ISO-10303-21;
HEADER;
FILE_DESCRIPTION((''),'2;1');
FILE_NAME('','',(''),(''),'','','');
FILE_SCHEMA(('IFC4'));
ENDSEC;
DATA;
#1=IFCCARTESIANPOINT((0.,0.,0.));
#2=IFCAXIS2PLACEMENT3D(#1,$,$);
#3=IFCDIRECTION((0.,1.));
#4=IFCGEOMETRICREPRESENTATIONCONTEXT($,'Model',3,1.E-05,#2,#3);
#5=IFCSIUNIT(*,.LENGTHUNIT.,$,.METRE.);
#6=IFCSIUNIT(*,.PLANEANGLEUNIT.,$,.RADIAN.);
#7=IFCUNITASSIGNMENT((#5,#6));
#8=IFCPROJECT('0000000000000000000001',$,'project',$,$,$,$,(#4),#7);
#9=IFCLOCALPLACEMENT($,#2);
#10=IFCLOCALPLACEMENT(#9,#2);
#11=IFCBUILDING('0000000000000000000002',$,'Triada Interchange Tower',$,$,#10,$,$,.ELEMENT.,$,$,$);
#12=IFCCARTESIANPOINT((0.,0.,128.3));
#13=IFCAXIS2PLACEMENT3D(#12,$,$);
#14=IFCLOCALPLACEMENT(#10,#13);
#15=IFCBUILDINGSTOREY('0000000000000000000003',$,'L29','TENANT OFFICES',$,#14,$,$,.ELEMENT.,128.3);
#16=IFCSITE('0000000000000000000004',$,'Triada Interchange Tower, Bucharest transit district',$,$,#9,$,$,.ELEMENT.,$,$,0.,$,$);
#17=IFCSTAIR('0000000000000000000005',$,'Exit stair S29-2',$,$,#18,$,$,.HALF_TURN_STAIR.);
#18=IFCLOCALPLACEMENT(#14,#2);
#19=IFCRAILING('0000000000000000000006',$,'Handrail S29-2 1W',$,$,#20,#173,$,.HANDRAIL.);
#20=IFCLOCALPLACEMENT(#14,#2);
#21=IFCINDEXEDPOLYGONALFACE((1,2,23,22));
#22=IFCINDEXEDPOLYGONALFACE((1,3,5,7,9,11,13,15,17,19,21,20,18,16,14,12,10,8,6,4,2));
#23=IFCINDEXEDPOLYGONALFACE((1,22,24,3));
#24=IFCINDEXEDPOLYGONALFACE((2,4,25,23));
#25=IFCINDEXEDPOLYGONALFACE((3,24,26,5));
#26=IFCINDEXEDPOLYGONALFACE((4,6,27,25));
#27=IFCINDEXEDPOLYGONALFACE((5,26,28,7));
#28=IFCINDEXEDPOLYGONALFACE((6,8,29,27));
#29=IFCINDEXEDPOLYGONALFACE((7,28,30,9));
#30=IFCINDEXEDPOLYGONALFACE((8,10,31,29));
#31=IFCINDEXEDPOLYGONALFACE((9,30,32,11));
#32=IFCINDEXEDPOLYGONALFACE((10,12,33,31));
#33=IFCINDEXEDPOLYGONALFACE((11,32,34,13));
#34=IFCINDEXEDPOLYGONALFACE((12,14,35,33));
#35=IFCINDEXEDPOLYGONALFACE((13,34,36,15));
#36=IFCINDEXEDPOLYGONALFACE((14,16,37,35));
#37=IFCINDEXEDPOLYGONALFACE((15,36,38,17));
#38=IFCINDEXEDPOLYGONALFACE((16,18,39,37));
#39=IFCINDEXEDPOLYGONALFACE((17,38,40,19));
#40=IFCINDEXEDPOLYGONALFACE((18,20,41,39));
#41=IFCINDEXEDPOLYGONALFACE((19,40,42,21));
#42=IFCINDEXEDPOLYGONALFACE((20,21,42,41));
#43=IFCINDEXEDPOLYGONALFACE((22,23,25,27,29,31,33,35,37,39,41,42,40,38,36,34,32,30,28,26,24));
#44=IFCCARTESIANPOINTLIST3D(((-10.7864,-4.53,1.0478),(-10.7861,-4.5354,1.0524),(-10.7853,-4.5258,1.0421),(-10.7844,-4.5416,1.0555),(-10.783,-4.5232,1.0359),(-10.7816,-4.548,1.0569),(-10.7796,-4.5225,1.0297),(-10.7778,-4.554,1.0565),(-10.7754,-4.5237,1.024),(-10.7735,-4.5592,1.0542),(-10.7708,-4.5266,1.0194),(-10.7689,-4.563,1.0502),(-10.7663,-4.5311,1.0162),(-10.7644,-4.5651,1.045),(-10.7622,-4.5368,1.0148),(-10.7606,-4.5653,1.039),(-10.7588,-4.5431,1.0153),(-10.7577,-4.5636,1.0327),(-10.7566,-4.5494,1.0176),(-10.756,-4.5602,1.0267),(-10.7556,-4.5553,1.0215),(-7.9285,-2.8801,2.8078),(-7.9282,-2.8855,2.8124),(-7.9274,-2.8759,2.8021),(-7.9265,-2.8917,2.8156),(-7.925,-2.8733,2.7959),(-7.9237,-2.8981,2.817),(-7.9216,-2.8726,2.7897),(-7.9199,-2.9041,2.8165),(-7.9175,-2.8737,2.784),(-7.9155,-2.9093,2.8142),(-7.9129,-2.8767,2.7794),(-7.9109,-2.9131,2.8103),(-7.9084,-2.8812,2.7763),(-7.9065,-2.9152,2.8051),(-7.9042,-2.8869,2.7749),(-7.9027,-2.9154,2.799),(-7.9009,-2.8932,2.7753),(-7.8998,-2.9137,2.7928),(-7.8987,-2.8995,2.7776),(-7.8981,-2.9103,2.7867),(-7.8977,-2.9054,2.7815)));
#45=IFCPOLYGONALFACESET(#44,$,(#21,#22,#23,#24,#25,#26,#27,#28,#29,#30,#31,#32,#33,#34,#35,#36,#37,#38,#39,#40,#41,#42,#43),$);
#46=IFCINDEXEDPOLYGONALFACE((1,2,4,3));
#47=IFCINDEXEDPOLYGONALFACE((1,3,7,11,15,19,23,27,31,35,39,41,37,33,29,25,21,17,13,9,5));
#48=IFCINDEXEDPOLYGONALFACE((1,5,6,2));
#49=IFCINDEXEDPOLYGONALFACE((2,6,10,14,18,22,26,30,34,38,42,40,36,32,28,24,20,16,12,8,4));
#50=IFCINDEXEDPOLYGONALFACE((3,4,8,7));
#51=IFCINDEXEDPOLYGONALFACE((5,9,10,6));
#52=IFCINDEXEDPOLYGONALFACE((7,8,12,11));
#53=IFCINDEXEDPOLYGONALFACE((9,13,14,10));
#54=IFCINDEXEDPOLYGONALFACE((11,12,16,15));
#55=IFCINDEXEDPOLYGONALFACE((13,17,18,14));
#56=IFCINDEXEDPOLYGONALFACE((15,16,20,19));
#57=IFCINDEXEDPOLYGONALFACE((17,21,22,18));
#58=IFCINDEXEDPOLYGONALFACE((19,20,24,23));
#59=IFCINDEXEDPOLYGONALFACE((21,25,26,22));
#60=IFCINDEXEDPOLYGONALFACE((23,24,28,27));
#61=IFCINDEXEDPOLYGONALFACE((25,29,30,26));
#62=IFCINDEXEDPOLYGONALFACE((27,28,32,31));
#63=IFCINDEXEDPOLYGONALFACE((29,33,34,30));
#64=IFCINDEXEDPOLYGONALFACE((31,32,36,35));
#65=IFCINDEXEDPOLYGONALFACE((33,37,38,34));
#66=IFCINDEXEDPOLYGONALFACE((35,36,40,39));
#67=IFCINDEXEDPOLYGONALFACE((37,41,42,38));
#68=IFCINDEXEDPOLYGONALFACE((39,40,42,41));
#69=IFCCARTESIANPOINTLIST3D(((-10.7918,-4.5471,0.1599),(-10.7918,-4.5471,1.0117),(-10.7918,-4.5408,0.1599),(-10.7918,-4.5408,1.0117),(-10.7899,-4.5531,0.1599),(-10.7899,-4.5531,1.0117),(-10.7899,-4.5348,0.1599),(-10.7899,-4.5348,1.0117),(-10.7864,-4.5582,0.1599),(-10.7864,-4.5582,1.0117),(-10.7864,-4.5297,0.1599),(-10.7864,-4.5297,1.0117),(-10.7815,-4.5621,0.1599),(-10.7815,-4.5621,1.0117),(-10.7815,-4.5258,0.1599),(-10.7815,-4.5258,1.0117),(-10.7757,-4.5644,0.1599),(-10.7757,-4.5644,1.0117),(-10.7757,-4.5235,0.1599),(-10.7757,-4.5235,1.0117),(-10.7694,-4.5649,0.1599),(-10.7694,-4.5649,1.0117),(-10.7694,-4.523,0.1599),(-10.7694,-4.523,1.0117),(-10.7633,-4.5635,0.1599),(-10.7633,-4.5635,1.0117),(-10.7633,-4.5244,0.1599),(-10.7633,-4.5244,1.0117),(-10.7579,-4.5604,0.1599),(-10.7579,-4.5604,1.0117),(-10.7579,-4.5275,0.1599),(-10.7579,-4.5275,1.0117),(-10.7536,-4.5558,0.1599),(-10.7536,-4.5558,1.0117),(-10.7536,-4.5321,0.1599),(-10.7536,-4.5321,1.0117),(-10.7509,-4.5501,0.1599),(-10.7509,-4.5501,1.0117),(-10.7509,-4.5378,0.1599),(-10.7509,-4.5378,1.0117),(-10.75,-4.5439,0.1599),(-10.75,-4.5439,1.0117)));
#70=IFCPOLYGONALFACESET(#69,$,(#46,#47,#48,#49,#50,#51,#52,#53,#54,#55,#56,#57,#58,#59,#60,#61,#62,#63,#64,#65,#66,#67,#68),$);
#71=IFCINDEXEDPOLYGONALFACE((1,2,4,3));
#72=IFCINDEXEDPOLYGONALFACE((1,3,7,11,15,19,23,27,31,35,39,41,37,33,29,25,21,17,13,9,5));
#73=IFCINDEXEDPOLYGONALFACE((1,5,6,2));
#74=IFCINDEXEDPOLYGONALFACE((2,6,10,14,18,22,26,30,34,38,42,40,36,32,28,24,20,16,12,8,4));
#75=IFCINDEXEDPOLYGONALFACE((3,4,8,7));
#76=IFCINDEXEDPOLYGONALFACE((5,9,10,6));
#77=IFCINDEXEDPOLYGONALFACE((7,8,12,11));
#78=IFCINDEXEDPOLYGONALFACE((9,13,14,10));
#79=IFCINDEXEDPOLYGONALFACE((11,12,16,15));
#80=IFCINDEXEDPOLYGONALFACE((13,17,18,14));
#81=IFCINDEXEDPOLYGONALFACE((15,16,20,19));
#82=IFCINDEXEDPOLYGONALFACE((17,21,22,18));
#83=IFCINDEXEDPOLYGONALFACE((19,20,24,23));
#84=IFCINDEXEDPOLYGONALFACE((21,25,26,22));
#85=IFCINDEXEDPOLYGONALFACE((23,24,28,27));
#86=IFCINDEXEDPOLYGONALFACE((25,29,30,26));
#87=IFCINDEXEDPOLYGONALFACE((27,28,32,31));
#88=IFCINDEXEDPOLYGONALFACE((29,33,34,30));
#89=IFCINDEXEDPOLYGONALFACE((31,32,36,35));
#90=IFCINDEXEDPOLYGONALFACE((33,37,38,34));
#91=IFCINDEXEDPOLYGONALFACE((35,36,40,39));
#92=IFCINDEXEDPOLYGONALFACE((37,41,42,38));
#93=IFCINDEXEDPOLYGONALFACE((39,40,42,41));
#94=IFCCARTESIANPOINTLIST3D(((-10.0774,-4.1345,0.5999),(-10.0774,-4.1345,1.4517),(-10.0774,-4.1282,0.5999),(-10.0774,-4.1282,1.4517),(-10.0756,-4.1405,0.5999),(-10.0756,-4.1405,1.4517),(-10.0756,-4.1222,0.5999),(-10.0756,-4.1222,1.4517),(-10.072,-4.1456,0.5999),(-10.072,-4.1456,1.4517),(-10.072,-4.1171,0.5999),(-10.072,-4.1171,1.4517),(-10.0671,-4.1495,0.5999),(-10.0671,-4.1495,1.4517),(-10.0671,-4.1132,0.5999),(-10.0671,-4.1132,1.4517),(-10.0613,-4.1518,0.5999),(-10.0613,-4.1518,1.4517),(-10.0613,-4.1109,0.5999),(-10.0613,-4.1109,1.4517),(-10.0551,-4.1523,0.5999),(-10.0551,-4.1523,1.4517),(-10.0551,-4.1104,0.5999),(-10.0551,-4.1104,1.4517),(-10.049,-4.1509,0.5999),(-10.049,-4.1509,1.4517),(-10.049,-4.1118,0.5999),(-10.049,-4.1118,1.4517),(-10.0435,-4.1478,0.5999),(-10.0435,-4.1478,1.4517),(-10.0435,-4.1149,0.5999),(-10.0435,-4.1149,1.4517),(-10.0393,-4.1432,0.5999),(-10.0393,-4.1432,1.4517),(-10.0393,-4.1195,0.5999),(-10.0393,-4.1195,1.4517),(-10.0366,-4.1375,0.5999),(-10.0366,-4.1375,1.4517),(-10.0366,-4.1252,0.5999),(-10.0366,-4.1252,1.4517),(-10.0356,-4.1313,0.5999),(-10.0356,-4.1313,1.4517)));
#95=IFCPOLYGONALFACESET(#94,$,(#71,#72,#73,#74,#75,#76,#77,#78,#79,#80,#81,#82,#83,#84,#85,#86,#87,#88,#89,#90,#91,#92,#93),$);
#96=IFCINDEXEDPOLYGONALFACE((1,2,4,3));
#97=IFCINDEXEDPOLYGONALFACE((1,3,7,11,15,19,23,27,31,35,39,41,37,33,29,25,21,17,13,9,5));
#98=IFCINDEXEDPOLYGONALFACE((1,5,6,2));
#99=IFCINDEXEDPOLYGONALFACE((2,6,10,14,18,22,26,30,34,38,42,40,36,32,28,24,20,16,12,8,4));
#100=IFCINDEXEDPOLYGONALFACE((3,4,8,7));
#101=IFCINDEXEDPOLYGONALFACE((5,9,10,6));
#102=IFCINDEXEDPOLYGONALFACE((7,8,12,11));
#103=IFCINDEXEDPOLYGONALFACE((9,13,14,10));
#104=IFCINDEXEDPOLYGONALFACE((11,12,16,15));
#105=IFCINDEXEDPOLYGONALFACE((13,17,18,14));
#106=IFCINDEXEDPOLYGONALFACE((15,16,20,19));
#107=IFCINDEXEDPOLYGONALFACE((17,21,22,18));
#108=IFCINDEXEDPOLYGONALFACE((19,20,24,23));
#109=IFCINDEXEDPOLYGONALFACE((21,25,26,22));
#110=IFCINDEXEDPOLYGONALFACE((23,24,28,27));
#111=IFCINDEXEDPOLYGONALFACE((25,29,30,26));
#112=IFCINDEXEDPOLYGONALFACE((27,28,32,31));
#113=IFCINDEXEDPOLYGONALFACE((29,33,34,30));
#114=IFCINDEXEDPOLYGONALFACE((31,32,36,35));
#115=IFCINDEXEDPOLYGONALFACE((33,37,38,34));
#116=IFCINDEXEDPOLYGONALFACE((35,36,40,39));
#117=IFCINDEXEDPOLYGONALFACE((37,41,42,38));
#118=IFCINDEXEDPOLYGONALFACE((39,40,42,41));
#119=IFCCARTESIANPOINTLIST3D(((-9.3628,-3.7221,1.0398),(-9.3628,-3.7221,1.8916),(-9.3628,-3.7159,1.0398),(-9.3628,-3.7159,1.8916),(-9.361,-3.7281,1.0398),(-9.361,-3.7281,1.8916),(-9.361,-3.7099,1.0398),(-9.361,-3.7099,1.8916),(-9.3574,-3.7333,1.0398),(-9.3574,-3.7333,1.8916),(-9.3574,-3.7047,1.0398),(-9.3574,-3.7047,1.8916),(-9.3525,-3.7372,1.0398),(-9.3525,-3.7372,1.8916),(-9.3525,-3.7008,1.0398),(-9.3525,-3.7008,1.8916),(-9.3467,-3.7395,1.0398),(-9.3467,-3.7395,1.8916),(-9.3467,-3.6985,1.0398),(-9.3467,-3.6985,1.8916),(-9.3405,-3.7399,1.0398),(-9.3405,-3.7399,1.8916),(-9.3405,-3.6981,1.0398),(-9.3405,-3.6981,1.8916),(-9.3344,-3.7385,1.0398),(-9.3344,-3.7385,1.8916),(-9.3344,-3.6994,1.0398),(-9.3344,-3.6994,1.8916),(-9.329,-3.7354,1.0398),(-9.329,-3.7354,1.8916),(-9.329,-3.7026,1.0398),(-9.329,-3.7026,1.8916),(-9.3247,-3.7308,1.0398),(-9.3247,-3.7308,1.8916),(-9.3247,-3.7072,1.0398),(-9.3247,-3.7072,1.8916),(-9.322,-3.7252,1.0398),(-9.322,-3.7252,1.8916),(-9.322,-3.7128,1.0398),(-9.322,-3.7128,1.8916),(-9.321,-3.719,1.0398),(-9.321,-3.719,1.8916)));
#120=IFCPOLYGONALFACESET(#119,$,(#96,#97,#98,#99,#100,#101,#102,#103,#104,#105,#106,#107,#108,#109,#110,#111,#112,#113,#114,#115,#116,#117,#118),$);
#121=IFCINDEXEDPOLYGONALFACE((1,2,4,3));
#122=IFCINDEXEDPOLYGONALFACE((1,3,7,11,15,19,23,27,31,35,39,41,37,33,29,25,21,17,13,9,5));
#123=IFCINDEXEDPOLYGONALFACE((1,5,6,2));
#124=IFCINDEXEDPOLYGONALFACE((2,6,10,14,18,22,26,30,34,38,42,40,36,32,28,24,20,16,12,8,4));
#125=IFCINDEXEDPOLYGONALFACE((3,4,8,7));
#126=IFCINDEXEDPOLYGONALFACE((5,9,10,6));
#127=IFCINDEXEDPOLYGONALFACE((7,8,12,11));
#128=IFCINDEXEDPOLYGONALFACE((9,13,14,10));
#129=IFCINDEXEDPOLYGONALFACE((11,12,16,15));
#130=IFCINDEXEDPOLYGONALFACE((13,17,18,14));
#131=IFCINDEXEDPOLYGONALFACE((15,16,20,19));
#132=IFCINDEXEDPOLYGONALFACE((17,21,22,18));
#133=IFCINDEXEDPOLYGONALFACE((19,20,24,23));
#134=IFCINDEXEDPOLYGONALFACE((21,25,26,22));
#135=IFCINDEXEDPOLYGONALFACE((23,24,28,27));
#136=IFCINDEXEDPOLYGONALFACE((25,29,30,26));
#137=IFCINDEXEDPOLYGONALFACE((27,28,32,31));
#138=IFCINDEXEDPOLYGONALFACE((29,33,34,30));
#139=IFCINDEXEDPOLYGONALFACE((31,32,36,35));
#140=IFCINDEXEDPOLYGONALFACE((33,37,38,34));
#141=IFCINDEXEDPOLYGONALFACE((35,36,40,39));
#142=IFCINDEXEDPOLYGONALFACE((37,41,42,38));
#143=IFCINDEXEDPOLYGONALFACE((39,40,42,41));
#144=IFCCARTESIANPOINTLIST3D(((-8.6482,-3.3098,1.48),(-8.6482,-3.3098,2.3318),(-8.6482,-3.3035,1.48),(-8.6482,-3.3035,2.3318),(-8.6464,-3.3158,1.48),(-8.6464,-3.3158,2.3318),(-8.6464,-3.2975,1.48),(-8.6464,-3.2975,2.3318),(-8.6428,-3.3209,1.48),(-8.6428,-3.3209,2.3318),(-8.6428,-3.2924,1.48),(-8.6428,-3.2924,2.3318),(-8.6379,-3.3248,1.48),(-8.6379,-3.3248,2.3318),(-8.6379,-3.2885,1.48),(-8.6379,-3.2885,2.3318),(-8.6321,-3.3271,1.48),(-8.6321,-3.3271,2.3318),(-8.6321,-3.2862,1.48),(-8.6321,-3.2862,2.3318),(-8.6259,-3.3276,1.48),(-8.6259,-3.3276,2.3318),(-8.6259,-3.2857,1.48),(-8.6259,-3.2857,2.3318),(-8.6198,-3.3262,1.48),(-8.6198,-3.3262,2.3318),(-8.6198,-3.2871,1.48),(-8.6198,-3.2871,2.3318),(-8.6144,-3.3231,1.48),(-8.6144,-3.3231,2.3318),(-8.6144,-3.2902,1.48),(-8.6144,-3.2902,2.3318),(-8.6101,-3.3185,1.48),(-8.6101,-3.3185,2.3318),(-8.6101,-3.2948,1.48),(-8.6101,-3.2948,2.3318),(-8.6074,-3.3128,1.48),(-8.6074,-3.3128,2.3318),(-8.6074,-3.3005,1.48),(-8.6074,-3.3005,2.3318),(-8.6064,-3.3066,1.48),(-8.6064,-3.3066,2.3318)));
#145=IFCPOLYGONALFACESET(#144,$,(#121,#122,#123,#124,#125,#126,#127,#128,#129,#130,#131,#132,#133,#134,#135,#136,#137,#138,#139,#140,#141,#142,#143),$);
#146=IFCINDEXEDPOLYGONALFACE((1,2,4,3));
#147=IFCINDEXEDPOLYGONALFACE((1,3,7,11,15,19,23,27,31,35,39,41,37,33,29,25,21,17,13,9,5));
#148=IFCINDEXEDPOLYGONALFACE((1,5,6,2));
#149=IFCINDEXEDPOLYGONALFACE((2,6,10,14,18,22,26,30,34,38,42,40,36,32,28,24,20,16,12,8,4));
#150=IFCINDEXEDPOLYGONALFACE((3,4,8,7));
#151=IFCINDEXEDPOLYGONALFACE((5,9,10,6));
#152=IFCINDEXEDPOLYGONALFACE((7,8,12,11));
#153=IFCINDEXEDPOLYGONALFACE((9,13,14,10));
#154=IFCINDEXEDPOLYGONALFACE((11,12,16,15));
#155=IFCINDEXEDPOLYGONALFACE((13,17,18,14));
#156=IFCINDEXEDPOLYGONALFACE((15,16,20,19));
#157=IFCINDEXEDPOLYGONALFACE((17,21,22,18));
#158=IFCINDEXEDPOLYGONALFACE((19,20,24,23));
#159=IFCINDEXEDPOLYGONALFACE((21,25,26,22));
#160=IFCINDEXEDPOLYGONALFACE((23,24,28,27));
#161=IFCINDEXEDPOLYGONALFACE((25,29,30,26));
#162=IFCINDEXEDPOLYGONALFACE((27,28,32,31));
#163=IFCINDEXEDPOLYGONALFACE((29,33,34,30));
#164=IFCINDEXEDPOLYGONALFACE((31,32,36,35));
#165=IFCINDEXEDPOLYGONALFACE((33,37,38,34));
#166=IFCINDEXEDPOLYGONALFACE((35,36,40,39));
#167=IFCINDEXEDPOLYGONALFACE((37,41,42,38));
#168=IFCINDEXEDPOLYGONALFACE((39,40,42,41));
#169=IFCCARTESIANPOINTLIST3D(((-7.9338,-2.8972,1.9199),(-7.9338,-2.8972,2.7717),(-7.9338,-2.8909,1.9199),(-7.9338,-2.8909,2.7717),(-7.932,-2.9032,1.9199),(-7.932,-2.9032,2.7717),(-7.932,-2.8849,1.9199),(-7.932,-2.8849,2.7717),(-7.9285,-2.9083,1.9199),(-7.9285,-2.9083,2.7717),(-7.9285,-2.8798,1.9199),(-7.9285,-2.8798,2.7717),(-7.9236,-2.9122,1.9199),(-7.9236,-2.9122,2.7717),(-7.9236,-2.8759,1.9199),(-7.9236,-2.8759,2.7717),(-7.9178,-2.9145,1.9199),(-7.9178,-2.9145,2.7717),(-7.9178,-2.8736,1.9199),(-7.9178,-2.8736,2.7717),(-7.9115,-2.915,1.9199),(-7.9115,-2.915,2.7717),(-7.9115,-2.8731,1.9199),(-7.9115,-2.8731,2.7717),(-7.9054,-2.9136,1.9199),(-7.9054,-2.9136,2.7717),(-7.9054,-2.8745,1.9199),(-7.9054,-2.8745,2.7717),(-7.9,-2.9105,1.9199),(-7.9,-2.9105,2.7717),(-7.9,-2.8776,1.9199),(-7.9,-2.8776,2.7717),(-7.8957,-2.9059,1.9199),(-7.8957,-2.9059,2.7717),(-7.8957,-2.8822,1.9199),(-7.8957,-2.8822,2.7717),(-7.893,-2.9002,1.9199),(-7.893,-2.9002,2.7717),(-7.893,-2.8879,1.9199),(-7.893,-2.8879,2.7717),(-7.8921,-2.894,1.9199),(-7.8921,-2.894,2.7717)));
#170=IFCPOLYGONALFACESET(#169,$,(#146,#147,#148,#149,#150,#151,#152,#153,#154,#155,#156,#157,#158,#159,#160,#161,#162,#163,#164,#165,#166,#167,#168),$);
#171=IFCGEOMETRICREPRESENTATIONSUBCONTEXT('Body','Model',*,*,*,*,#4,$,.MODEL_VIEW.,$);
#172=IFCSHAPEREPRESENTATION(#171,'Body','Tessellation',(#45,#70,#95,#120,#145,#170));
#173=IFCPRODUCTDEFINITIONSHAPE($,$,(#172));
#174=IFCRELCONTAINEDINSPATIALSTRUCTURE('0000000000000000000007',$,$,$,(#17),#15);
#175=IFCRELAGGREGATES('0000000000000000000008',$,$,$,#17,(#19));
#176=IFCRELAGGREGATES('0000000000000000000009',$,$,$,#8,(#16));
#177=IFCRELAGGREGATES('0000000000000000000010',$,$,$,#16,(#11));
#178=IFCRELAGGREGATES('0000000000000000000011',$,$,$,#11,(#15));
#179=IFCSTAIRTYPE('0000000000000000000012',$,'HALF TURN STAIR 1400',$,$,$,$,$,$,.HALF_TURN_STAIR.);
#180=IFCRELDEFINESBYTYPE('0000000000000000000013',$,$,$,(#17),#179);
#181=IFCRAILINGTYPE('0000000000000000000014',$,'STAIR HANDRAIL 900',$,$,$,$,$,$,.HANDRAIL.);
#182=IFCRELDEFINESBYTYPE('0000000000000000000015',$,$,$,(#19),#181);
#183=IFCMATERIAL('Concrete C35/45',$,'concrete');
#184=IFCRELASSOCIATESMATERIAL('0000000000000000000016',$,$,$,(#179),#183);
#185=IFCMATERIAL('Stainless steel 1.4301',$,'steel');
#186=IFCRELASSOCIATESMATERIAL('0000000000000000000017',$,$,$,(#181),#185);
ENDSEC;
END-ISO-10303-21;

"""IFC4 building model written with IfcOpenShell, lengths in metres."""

from ifc_helpers import new_model, si_unit, direction, frame, origin, origin_2d, place, context, subcontext, project, spatial, circle, extrude, material, type_object, element, aggregate, save


model = new_model("IFC4")

# Units and contexts
model_context = context("Model", 3, precision=1e-05, world=origin(), true_north=direction((0.0, 1.0)))
body_context = subcontext(model_context, "Body", "Model", "MODEL_VIEW")
ifc_project = project(units=[si_unit("LENGTHUNIT", "METRE"), si_unit("PLANEANGLEUNIT", "RADIAN")], contexts=[model_context])

# Site, building, storey
site_placement = place(None, origin())
site = spatial("IfcSite", under=ifc_project, at=site_placement, Name="Triada Interchange Tower, Bucharest transit district", CompositionType="ELEMENT", RefElevation=0.0)
building_placement = place(site_placement, origin())
building = spatial("IfcBuilding", under=site, at=building_placement, Name="Triada Interchange Tower", CompositionType="ELEMENT")
storey_placement = place(building_placement, frame((0.0, 0.0, 128.3)))
storey = spatial("IfcBuildingStorey", under=building, at=storey_placement, Name="L29", Description="TENANT OFFICES", CompositionType="ELEMENT", Elevation=128.3)

# Stair, railing
ifc_material_1 = material(Name="Concrete C35/45", Category="concrete")
stair_type = type_object("IfcStairType", Name="HALF TURN STAIR 1400", PredefinedType="HALF_TURN_STAIR", material=ifc_material_1)
stair_placement = place(storey_placement, origin())
stair = element("IfcStair", 1, at=stair_placement, inside=storey, type_object=stair_type, Name="Exit stair S29-2", PredefinedType="HALF_TURN_STAIR")
ifc_material_2 = material(Name="Stainless steel 1.4301", Category="steel")
railing_type = type_object("IfcRailingType", Name="STAIR HANDRAIL 900", PredefinedType="HANDRAIL", material=ifc_material_2)
railing_1_placement = place(storey_placement, frame((-10.771, -4.5439, 0.1599)))
railing_1 = element("IfcRailing", 2, at=railing_1_placement, type_object=railing_type, Name="Handrail S29-2 1W", PredefinedType="HANDRAIL", context=body_context, shape_type="SweptSolid", body=[
    extrude(circle(Radius=0.0239, at=origin_2d()), frame((0.0, 0.0, 0.876), z_axis=(0.764151, 0.441153, 0.470593), x_axis=(-0.499974, 0.86604, 0.0)), (0.0, 0.0, 1.0), 3.74),
    extrude(circle(Radius=0.021, at=origin_2d()), origin(), (0.0, 0.0, 1.0), 0.8518),
    extrude(circle(Radius=0.021, at=origin_2d()), frame((0.7144, 0.4126, 0.4399)), (0.0, 0.0, 1.0), 0.8518),
    extrude(circle(Radius=0.021, at=origin_2d()), frame((1.429, 0.825, 0.8799)), (0.0, 0.0, 1.0), 0.8518),
    extrude(circle(Radius=0.021, at=origin_2d()), frame((2.1436, 1.2373, 1.3201)), (0.0, 0.0, 1.0), 0.8518),
    extrude(circle(Radius=0.021, at=origin_2d()), frame((2.8579, 1.6499, 1.76)), (0.0, 0.0, 1.0), 0.8518),
])
aggregate(stair, [railing_1])

save(model, "model.ifc")
